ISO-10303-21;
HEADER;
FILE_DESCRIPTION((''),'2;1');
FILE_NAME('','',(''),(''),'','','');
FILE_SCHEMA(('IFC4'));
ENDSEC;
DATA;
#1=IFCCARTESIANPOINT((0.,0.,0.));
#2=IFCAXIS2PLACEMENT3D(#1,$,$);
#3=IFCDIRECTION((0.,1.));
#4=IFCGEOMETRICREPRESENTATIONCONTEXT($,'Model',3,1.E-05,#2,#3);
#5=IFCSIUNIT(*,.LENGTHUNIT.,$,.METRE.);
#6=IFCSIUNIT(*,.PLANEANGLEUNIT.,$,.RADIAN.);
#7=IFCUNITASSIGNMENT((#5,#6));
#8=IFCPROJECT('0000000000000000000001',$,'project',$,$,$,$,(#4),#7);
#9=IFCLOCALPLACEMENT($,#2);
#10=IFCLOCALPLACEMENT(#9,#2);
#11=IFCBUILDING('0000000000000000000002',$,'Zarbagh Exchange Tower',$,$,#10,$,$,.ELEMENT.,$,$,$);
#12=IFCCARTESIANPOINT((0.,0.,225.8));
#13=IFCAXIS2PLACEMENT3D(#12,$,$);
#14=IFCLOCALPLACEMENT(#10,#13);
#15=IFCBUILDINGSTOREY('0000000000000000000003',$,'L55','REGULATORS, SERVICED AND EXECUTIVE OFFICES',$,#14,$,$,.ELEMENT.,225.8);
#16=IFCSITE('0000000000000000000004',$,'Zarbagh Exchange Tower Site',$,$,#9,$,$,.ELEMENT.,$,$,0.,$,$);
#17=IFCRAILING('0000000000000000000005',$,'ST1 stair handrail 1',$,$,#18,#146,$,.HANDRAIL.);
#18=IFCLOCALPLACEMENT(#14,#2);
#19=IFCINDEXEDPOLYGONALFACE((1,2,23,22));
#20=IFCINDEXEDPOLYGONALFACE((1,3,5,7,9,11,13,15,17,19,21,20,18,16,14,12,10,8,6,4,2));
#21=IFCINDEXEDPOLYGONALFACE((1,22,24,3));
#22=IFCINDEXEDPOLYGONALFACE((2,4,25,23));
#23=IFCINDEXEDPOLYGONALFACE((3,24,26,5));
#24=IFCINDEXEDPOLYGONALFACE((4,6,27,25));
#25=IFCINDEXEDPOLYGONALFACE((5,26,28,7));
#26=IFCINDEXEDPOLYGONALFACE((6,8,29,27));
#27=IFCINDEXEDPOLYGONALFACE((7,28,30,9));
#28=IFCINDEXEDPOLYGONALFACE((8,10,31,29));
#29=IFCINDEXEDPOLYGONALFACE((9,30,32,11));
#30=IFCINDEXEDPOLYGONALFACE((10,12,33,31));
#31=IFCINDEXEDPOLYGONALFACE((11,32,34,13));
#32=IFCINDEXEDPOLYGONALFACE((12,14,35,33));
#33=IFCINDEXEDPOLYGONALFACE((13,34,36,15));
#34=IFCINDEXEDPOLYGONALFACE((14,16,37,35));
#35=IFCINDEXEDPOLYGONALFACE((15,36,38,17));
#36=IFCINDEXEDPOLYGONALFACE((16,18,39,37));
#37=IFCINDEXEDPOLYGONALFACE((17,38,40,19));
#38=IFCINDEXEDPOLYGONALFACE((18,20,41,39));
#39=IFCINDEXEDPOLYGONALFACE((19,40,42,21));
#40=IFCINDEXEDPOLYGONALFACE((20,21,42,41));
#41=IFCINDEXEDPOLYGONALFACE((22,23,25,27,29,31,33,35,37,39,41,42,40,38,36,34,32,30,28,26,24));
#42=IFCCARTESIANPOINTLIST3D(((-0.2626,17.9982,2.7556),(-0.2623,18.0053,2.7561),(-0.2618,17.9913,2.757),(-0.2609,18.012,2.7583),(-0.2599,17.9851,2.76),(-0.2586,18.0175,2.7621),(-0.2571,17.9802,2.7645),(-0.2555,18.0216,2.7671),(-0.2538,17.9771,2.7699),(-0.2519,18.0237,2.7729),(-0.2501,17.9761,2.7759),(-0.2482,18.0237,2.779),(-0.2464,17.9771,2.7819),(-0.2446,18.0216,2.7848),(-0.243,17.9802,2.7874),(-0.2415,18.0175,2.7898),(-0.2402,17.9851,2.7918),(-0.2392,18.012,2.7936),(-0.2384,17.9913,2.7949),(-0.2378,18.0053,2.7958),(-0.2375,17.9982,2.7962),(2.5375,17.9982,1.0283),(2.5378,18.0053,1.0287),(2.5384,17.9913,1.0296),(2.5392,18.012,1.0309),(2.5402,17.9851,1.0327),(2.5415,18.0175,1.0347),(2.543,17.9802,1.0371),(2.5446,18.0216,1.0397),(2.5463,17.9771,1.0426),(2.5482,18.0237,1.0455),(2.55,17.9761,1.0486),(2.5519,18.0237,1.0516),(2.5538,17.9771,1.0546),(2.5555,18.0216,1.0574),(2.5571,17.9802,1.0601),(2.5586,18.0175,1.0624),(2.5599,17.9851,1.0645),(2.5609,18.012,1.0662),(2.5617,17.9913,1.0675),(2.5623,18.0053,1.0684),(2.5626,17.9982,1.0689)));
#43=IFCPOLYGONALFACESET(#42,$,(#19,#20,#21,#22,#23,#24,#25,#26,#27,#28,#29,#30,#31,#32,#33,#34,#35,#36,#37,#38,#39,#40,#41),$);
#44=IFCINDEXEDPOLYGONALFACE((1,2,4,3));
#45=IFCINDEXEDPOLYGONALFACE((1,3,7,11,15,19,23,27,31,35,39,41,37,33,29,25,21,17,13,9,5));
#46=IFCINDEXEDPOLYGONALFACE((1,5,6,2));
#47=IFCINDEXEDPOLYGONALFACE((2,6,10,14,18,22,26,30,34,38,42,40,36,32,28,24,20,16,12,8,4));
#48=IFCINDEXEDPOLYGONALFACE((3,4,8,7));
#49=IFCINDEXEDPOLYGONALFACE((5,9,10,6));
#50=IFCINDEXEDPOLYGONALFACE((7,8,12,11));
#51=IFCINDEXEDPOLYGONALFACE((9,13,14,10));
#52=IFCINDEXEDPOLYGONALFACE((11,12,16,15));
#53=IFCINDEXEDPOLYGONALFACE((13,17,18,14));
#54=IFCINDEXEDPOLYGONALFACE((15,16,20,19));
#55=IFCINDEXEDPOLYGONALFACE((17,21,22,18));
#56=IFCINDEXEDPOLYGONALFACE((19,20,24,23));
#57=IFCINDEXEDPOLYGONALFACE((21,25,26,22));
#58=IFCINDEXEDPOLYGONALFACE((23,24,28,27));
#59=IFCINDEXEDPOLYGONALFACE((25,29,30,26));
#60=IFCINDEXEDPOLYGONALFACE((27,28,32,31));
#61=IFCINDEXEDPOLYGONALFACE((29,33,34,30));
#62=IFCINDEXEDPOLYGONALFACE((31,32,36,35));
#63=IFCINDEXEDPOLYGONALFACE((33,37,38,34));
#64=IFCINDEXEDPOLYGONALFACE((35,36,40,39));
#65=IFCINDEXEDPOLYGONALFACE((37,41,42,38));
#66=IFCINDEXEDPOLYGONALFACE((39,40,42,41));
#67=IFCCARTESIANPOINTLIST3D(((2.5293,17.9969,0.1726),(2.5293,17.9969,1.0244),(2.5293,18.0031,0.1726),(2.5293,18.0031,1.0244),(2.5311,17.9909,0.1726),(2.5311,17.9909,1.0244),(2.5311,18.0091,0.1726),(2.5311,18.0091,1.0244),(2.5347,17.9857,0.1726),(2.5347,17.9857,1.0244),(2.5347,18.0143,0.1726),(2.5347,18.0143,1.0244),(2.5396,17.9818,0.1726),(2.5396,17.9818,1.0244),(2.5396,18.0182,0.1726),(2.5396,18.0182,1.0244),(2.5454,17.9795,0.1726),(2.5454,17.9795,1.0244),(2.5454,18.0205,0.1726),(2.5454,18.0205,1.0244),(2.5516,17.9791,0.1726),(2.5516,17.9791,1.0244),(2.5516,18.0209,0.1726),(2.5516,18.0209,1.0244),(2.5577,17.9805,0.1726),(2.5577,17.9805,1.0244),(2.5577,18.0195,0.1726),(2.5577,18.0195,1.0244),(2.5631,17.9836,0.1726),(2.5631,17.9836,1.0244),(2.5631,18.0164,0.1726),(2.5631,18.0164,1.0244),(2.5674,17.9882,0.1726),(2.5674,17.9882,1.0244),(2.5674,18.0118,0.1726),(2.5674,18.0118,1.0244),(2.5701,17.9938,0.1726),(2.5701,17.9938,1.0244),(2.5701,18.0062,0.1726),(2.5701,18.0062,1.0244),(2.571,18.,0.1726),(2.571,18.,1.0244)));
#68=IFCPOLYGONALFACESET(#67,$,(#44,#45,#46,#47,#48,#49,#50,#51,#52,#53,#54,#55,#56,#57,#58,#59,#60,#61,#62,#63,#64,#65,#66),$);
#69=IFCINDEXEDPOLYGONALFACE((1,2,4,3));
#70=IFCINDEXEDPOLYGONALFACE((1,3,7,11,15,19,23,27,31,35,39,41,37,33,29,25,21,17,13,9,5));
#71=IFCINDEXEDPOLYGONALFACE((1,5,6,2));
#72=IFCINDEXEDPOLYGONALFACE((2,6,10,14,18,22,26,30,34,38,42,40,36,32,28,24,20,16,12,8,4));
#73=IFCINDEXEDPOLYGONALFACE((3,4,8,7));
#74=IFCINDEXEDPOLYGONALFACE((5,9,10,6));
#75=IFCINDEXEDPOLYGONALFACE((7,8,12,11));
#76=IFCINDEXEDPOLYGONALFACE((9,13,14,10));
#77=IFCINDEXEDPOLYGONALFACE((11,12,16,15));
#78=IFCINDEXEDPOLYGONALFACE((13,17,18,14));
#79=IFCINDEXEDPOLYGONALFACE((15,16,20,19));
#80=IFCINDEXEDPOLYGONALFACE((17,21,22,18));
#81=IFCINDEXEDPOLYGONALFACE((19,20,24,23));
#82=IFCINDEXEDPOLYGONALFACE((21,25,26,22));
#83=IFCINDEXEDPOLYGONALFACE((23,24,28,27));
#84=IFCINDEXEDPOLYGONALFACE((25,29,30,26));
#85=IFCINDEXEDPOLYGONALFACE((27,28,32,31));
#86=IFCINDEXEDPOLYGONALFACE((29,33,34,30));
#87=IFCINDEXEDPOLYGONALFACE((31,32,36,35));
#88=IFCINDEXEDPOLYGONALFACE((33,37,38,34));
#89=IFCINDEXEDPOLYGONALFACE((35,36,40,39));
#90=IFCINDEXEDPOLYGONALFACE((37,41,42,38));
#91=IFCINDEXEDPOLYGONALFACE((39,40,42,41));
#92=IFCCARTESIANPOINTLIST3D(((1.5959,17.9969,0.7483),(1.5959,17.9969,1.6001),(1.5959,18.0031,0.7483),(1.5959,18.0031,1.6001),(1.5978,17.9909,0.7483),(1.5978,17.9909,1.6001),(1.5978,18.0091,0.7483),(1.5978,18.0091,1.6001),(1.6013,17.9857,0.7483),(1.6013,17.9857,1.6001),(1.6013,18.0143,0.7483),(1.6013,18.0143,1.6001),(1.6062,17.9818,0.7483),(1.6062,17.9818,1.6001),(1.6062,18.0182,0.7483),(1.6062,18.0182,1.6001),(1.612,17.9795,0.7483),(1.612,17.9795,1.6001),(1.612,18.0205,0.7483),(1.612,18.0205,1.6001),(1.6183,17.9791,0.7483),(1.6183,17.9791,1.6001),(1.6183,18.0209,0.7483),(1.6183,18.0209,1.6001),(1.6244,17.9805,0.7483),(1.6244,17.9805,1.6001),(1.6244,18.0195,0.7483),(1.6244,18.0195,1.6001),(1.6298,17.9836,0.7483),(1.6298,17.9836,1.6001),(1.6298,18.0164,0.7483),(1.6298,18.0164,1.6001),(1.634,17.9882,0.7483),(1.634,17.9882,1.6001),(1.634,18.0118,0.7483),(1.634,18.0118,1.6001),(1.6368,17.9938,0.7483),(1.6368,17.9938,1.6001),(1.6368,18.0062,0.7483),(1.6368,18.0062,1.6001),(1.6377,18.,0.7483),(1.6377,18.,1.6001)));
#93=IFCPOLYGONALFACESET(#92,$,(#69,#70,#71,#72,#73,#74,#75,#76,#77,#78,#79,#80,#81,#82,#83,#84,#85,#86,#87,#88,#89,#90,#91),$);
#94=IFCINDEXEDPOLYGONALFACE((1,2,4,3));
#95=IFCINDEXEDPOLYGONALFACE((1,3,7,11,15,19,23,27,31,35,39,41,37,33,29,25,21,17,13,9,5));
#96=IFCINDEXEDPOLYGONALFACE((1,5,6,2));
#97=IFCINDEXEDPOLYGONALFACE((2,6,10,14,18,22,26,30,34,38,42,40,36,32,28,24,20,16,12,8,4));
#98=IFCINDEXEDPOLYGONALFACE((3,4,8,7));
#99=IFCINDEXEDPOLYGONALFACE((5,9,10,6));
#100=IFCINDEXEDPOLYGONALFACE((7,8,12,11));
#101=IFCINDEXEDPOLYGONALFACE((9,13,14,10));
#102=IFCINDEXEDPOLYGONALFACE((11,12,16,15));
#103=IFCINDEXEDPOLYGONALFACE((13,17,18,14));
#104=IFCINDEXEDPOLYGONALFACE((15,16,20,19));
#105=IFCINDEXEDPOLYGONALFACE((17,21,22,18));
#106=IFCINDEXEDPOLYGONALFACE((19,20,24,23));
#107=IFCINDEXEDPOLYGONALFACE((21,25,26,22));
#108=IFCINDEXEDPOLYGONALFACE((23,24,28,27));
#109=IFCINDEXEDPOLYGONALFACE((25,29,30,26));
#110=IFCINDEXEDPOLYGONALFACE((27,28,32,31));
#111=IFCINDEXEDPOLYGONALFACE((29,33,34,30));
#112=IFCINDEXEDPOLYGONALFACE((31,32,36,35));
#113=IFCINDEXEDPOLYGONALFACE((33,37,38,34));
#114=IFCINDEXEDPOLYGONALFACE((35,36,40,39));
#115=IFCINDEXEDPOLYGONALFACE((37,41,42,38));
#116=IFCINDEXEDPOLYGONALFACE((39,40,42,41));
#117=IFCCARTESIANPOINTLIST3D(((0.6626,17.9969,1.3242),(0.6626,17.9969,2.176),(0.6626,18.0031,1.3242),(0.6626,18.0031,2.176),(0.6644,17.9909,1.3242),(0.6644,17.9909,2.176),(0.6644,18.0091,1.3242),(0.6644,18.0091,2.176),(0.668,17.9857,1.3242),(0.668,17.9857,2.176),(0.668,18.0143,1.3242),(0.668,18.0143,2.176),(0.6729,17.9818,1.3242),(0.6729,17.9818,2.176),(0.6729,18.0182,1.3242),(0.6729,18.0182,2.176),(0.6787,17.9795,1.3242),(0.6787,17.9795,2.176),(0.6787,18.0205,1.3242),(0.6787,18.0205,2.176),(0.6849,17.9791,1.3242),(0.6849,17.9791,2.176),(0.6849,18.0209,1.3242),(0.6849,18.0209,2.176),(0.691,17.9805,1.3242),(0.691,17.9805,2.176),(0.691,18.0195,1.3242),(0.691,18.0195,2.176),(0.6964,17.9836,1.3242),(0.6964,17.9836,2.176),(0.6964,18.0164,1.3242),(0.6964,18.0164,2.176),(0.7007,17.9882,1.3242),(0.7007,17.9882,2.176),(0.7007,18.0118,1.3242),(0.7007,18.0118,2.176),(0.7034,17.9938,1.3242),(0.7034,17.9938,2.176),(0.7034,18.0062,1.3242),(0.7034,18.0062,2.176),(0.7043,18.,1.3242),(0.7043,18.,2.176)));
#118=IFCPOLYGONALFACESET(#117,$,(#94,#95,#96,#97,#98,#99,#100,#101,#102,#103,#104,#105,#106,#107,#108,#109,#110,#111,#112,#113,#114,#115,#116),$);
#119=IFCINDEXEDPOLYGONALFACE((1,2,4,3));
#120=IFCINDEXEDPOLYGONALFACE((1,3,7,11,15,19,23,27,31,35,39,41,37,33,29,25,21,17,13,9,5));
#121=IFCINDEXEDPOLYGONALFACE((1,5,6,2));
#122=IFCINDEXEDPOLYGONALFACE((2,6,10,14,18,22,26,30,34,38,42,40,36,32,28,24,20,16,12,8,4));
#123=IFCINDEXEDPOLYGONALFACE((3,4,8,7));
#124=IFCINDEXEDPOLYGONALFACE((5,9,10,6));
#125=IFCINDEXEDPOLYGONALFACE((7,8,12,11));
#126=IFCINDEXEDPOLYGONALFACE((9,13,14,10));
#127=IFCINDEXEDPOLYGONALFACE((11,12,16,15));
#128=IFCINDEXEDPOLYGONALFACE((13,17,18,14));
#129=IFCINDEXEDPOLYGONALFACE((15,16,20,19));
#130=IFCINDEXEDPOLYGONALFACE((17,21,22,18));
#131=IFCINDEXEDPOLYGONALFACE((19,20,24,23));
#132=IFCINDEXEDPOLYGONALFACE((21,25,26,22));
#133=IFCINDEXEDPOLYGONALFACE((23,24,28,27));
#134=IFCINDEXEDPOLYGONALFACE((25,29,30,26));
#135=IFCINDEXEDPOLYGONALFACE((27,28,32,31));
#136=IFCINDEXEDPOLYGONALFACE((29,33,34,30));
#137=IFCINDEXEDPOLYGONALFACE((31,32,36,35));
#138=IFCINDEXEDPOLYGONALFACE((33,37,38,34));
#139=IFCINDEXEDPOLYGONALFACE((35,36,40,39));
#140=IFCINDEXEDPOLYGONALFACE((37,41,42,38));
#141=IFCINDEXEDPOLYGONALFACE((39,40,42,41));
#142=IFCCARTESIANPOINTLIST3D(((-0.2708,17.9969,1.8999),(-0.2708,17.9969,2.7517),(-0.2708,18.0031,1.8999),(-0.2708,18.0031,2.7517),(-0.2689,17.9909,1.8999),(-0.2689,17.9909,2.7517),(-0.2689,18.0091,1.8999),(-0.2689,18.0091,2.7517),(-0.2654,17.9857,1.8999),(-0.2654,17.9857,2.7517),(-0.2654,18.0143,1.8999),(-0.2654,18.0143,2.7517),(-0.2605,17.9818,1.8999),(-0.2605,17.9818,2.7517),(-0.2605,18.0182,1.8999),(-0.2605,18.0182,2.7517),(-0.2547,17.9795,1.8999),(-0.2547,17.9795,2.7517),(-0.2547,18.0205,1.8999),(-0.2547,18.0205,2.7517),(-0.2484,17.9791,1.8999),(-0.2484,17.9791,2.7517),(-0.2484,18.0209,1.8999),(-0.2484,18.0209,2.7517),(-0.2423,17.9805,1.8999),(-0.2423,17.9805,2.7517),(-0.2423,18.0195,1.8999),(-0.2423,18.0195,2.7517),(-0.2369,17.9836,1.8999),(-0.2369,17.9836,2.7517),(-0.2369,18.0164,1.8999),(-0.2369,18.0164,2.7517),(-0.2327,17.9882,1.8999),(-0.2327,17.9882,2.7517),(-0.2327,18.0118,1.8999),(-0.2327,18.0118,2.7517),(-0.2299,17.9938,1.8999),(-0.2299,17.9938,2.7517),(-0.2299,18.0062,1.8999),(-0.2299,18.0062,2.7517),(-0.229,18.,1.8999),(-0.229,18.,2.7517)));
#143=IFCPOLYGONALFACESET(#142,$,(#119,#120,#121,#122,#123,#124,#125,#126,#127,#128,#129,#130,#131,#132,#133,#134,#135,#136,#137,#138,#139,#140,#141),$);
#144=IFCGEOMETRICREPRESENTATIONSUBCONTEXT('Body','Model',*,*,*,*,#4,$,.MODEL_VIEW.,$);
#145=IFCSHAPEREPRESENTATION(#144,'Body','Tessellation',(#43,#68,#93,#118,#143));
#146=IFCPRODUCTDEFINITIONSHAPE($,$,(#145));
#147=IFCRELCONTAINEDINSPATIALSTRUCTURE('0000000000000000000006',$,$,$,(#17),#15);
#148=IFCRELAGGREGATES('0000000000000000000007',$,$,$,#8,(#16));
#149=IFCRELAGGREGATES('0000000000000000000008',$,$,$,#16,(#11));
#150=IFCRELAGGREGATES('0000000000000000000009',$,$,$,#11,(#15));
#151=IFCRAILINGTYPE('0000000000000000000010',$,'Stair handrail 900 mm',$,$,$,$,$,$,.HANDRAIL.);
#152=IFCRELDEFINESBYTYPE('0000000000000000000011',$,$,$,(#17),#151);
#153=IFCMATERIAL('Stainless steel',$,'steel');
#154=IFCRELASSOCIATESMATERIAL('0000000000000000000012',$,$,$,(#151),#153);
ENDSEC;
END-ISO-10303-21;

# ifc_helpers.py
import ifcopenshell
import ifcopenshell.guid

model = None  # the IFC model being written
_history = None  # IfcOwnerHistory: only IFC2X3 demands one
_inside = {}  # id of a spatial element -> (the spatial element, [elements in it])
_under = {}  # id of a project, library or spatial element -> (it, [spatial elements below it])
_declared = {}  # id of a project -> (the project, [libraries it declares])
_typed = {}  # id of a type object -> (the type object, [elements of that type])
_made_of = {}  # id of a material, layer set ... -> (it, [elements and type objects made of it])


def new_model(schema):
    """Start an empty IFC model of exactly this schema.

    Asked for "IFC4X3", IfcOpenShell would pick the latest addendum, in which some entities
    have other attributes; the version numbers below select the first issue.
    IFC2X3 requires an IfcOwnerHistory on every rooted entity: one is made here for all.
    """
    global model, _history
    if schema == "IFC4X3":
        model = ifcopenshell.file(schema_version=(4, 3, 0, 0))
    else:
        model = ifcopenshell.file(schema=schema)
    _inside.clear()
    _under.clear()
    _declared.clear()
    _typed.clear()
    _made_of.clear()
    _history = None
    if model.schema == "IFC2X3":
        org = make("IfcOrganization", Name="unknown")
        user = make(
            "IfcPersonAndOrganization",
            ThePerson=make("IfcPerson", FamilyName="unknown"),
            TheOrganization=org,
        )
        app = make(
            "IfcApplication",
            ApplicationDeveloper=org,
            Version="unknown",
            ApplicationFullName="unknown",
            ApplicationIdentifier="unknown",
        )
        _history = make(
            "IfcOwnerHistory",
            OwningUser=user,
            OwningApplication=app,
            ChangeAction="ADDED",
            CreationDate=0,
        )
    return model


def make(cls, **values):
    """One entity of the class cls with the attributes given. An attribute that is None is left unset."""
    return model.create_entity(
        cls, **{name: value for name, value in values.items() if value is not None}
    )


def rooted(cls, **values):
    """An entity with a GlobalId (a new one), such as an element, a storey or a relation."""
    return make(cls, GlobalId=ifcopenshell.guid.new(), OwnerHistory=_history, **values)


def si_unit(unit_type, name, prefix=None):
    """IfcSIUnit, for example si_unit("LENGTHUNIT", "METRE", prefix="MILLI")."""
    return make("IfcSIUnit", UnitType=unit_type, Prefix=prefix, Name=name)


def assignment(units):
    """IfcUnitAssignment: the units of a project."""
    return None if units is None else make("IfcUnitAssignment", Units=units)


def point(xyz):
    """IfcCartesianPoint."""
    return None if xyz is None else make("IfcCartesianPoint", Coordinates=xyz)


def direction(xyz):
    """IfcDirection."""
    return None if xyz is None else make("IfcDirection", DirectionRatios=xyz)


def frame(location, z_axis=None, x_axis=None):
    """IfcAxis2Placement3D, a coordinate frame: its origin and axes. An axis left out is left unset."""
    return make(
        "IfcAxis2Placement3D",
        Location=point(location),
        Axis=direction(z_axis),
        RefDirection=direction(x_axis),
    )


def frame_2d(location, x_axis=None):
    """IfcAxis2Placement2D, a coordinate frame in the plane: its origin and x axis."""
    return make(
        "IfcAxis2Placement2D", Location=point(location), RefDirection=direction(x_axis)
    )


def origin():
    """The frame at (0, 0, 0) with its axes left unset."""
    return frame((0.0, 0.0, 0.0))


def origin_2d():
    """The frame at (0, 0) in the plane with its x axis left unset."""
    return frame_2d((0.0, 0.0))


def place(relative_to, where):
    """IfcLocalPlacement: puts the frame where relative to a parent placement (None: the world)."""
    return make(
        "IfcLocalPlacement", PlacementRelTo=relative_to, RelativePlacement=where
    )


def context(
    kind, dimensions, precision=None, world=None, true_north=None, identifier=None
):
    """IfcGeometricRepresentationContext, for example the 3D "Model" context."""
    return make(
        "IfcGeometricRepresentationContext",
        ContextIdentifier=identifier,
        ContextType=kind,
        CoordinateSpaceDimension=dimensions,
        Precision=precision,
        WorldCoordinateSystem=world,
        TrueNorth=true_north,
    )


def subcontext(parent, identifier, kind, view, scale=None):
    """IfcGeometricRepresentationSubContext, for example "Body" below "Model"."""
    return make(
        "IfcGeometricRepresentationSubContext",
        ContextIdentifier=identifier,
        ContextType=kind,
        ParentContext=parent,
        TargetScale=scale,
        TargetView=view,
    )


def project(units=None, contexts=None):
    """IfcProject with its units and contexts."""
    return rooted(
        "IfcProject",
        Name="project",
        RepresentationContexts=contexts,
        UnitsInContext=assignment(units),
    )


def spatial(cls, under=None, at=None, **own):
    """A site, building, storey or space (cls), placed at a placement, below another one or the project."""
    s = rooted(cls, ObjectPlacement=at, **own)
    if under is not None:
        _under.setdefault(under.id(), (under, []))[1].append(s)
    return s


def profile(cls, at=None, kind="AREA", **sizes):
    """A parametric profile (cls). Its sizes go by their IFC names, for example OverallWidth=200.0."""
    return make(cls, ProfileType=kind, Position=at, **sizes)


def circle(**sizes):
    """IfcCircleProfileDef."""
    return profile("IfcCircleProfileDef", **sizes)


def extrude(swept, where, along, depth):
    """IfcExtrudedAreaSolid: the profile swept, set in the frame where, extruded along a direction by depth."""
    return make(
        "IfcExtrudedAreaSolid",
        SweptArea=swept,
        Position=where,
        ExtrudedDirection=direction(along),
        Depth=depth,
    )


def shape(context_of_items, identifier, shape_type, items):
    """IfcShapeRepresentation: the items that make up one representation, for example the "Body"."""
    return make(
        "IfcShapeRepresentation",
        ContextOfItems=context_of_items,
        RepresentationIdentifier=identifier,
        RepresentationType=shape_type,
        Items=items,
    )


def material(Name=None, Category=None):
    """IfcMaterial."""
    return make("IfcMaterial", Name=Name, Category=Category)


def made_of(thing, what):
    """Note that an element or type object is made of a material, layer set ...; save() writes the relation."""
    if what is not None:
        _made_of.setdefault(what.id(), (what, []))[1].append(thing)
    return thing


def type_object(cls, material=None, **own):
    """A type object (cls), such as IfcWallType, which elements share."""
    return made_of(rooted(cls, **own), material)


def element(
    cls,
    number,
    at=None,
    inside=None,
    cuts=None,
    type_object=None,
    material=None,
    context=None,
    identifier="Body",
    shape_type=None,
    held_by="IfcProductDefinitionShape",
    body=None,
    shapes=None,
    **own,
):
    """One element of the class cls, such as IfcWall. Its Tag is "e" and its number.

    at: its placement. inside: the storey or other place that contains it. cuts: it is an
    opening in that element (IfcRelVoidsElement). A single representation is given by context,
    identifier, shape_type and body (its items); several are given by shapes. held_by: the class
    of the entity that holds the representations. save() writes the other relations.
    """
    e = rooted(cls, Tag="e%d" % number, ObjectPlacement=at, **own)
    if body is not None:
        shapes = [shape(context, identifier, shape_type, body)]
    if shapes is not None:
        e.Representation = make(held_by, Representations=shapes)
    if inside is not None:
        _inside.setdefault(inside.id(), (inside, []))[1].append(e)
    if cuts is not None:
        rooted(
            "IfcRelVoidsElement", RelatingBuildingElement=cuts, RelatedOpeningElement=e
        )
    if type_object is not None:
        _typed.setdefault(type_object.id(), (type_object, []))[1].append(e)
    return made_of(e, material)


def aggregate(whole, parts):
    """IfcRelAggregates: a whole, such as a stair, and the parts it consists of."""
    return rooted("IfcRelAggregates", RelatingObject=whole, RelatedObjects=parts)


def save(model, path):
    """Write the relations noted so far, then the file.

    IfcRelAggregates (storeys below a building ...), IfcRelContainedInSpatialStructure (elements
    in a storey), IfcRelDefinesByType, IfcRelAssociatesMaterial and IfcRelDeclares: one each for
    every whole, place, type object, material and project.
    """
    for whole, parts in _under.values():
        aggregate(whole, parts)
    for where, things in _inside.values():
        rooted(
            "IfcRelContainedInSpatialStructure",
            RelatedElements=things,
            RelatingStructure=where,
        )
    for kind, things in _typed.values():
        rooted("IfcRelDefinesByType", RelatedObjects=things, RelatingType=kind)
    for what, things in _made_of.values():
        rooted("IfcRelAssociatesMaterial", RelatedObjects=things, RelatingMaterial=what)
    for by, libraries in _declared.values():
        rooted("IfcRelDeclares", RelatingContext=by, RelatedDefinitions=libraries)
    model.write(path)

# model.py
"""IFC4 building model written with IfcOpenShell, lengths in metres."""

from ifc_helpers import new_model, si_unit, direction, frame, origin, origin_2d, place, context, subcontext, project, spatial, circle, extrude, material, type_object, element, save


model = new_model("IFC4")

# Units and contexts
model_context = context("Model", 3, precision=1e-05, world=origin(), true_north=direction((0.0, 1.0)))
body_context = subcontext(model_context, "Body", "Model", "MODEL_VIEW")
ifc_project = project(units=[si_unit("LENGTHUNIT", "METRE"), si_unit("PLANEANGLEUNIT", "RADIAN")], contexts=[model_context])

# Site, building, storey
site_placement = place(None, origin())
site = spatial("IfcSite", under=ifc_project, at=site_placement, Name="Zarbagh Exchange Tower Site", CompositionType="ELEMENT", RefElevation=0.0)
building_placement = place(site_placement, origin())
building = spatial("IfcBuilding", under=site, at=building_placement, Name="Zarbagh Exchange Tower", CompositionType="ELEMENT")
storey_placement = place(building_placement, frame((0.0, 0.0, 225.8)))
storey = spatial("IfcBuildingStorey", under=building, at=storey_placement, Name="L55", Description="REGULATORS, SERVICED AND EXECUTIVE OFFICES", CompositionType="ELEMENT", Elevation=225.8)

# Shared definitions
ifc_material_1 = material(Name="Stainless steel", Category="steel")

# Railing
railing_type_1 = type_object("IfcRailingType", Name="Stair handrail 900 mm", PredefinedType="HANDRAIL", material=ifc_material_1)
railing_1_placement = place(storey_placement, frame((2.55, 18.0, 0.1726)))
element("IfcRailing", 1, at=railing_1_placement, inside=storey, type_object=railing_type_1, Name="ST1 stair handrail 1", PredefinedType="HANDRAIL", context=body_context, shape_type="SweptSolid", body=[
    extrude(circle(Radius=0.0239, at=origin_2d()), frame((0.0, 0.0, 0.876), z_axis=(-0.85109, 0.0, 0.52502), x_axis=(0.0, -1.0, 0.0)), (0.0, 0.0, 1.0), 3.29),
    extrude(circle(Radius=0.021, at=origin_2d()), origin(), (0.0, 0.0, 1.0), 0.8518),
    extrude(circle(Radius=0.021, at=origin_2d()), frame((-0.9333, 0.0, 0.5757)), (0.0, 0.0, 1.0), 0.8518),
    extrude(circle(Radius=0.021, at=origin_2d()), frame((-1.8667, 0.0, 1.1516)), (0.0, 0.0, 1.0), 0.8518),
    extrude(circle(Radius=0.021, at=origin_2d()), frame((-2.8, 0.0, 1.7273)), (0.0, 0.0, 1.0), 0.8518),
])

save(model, "model.ifc")
